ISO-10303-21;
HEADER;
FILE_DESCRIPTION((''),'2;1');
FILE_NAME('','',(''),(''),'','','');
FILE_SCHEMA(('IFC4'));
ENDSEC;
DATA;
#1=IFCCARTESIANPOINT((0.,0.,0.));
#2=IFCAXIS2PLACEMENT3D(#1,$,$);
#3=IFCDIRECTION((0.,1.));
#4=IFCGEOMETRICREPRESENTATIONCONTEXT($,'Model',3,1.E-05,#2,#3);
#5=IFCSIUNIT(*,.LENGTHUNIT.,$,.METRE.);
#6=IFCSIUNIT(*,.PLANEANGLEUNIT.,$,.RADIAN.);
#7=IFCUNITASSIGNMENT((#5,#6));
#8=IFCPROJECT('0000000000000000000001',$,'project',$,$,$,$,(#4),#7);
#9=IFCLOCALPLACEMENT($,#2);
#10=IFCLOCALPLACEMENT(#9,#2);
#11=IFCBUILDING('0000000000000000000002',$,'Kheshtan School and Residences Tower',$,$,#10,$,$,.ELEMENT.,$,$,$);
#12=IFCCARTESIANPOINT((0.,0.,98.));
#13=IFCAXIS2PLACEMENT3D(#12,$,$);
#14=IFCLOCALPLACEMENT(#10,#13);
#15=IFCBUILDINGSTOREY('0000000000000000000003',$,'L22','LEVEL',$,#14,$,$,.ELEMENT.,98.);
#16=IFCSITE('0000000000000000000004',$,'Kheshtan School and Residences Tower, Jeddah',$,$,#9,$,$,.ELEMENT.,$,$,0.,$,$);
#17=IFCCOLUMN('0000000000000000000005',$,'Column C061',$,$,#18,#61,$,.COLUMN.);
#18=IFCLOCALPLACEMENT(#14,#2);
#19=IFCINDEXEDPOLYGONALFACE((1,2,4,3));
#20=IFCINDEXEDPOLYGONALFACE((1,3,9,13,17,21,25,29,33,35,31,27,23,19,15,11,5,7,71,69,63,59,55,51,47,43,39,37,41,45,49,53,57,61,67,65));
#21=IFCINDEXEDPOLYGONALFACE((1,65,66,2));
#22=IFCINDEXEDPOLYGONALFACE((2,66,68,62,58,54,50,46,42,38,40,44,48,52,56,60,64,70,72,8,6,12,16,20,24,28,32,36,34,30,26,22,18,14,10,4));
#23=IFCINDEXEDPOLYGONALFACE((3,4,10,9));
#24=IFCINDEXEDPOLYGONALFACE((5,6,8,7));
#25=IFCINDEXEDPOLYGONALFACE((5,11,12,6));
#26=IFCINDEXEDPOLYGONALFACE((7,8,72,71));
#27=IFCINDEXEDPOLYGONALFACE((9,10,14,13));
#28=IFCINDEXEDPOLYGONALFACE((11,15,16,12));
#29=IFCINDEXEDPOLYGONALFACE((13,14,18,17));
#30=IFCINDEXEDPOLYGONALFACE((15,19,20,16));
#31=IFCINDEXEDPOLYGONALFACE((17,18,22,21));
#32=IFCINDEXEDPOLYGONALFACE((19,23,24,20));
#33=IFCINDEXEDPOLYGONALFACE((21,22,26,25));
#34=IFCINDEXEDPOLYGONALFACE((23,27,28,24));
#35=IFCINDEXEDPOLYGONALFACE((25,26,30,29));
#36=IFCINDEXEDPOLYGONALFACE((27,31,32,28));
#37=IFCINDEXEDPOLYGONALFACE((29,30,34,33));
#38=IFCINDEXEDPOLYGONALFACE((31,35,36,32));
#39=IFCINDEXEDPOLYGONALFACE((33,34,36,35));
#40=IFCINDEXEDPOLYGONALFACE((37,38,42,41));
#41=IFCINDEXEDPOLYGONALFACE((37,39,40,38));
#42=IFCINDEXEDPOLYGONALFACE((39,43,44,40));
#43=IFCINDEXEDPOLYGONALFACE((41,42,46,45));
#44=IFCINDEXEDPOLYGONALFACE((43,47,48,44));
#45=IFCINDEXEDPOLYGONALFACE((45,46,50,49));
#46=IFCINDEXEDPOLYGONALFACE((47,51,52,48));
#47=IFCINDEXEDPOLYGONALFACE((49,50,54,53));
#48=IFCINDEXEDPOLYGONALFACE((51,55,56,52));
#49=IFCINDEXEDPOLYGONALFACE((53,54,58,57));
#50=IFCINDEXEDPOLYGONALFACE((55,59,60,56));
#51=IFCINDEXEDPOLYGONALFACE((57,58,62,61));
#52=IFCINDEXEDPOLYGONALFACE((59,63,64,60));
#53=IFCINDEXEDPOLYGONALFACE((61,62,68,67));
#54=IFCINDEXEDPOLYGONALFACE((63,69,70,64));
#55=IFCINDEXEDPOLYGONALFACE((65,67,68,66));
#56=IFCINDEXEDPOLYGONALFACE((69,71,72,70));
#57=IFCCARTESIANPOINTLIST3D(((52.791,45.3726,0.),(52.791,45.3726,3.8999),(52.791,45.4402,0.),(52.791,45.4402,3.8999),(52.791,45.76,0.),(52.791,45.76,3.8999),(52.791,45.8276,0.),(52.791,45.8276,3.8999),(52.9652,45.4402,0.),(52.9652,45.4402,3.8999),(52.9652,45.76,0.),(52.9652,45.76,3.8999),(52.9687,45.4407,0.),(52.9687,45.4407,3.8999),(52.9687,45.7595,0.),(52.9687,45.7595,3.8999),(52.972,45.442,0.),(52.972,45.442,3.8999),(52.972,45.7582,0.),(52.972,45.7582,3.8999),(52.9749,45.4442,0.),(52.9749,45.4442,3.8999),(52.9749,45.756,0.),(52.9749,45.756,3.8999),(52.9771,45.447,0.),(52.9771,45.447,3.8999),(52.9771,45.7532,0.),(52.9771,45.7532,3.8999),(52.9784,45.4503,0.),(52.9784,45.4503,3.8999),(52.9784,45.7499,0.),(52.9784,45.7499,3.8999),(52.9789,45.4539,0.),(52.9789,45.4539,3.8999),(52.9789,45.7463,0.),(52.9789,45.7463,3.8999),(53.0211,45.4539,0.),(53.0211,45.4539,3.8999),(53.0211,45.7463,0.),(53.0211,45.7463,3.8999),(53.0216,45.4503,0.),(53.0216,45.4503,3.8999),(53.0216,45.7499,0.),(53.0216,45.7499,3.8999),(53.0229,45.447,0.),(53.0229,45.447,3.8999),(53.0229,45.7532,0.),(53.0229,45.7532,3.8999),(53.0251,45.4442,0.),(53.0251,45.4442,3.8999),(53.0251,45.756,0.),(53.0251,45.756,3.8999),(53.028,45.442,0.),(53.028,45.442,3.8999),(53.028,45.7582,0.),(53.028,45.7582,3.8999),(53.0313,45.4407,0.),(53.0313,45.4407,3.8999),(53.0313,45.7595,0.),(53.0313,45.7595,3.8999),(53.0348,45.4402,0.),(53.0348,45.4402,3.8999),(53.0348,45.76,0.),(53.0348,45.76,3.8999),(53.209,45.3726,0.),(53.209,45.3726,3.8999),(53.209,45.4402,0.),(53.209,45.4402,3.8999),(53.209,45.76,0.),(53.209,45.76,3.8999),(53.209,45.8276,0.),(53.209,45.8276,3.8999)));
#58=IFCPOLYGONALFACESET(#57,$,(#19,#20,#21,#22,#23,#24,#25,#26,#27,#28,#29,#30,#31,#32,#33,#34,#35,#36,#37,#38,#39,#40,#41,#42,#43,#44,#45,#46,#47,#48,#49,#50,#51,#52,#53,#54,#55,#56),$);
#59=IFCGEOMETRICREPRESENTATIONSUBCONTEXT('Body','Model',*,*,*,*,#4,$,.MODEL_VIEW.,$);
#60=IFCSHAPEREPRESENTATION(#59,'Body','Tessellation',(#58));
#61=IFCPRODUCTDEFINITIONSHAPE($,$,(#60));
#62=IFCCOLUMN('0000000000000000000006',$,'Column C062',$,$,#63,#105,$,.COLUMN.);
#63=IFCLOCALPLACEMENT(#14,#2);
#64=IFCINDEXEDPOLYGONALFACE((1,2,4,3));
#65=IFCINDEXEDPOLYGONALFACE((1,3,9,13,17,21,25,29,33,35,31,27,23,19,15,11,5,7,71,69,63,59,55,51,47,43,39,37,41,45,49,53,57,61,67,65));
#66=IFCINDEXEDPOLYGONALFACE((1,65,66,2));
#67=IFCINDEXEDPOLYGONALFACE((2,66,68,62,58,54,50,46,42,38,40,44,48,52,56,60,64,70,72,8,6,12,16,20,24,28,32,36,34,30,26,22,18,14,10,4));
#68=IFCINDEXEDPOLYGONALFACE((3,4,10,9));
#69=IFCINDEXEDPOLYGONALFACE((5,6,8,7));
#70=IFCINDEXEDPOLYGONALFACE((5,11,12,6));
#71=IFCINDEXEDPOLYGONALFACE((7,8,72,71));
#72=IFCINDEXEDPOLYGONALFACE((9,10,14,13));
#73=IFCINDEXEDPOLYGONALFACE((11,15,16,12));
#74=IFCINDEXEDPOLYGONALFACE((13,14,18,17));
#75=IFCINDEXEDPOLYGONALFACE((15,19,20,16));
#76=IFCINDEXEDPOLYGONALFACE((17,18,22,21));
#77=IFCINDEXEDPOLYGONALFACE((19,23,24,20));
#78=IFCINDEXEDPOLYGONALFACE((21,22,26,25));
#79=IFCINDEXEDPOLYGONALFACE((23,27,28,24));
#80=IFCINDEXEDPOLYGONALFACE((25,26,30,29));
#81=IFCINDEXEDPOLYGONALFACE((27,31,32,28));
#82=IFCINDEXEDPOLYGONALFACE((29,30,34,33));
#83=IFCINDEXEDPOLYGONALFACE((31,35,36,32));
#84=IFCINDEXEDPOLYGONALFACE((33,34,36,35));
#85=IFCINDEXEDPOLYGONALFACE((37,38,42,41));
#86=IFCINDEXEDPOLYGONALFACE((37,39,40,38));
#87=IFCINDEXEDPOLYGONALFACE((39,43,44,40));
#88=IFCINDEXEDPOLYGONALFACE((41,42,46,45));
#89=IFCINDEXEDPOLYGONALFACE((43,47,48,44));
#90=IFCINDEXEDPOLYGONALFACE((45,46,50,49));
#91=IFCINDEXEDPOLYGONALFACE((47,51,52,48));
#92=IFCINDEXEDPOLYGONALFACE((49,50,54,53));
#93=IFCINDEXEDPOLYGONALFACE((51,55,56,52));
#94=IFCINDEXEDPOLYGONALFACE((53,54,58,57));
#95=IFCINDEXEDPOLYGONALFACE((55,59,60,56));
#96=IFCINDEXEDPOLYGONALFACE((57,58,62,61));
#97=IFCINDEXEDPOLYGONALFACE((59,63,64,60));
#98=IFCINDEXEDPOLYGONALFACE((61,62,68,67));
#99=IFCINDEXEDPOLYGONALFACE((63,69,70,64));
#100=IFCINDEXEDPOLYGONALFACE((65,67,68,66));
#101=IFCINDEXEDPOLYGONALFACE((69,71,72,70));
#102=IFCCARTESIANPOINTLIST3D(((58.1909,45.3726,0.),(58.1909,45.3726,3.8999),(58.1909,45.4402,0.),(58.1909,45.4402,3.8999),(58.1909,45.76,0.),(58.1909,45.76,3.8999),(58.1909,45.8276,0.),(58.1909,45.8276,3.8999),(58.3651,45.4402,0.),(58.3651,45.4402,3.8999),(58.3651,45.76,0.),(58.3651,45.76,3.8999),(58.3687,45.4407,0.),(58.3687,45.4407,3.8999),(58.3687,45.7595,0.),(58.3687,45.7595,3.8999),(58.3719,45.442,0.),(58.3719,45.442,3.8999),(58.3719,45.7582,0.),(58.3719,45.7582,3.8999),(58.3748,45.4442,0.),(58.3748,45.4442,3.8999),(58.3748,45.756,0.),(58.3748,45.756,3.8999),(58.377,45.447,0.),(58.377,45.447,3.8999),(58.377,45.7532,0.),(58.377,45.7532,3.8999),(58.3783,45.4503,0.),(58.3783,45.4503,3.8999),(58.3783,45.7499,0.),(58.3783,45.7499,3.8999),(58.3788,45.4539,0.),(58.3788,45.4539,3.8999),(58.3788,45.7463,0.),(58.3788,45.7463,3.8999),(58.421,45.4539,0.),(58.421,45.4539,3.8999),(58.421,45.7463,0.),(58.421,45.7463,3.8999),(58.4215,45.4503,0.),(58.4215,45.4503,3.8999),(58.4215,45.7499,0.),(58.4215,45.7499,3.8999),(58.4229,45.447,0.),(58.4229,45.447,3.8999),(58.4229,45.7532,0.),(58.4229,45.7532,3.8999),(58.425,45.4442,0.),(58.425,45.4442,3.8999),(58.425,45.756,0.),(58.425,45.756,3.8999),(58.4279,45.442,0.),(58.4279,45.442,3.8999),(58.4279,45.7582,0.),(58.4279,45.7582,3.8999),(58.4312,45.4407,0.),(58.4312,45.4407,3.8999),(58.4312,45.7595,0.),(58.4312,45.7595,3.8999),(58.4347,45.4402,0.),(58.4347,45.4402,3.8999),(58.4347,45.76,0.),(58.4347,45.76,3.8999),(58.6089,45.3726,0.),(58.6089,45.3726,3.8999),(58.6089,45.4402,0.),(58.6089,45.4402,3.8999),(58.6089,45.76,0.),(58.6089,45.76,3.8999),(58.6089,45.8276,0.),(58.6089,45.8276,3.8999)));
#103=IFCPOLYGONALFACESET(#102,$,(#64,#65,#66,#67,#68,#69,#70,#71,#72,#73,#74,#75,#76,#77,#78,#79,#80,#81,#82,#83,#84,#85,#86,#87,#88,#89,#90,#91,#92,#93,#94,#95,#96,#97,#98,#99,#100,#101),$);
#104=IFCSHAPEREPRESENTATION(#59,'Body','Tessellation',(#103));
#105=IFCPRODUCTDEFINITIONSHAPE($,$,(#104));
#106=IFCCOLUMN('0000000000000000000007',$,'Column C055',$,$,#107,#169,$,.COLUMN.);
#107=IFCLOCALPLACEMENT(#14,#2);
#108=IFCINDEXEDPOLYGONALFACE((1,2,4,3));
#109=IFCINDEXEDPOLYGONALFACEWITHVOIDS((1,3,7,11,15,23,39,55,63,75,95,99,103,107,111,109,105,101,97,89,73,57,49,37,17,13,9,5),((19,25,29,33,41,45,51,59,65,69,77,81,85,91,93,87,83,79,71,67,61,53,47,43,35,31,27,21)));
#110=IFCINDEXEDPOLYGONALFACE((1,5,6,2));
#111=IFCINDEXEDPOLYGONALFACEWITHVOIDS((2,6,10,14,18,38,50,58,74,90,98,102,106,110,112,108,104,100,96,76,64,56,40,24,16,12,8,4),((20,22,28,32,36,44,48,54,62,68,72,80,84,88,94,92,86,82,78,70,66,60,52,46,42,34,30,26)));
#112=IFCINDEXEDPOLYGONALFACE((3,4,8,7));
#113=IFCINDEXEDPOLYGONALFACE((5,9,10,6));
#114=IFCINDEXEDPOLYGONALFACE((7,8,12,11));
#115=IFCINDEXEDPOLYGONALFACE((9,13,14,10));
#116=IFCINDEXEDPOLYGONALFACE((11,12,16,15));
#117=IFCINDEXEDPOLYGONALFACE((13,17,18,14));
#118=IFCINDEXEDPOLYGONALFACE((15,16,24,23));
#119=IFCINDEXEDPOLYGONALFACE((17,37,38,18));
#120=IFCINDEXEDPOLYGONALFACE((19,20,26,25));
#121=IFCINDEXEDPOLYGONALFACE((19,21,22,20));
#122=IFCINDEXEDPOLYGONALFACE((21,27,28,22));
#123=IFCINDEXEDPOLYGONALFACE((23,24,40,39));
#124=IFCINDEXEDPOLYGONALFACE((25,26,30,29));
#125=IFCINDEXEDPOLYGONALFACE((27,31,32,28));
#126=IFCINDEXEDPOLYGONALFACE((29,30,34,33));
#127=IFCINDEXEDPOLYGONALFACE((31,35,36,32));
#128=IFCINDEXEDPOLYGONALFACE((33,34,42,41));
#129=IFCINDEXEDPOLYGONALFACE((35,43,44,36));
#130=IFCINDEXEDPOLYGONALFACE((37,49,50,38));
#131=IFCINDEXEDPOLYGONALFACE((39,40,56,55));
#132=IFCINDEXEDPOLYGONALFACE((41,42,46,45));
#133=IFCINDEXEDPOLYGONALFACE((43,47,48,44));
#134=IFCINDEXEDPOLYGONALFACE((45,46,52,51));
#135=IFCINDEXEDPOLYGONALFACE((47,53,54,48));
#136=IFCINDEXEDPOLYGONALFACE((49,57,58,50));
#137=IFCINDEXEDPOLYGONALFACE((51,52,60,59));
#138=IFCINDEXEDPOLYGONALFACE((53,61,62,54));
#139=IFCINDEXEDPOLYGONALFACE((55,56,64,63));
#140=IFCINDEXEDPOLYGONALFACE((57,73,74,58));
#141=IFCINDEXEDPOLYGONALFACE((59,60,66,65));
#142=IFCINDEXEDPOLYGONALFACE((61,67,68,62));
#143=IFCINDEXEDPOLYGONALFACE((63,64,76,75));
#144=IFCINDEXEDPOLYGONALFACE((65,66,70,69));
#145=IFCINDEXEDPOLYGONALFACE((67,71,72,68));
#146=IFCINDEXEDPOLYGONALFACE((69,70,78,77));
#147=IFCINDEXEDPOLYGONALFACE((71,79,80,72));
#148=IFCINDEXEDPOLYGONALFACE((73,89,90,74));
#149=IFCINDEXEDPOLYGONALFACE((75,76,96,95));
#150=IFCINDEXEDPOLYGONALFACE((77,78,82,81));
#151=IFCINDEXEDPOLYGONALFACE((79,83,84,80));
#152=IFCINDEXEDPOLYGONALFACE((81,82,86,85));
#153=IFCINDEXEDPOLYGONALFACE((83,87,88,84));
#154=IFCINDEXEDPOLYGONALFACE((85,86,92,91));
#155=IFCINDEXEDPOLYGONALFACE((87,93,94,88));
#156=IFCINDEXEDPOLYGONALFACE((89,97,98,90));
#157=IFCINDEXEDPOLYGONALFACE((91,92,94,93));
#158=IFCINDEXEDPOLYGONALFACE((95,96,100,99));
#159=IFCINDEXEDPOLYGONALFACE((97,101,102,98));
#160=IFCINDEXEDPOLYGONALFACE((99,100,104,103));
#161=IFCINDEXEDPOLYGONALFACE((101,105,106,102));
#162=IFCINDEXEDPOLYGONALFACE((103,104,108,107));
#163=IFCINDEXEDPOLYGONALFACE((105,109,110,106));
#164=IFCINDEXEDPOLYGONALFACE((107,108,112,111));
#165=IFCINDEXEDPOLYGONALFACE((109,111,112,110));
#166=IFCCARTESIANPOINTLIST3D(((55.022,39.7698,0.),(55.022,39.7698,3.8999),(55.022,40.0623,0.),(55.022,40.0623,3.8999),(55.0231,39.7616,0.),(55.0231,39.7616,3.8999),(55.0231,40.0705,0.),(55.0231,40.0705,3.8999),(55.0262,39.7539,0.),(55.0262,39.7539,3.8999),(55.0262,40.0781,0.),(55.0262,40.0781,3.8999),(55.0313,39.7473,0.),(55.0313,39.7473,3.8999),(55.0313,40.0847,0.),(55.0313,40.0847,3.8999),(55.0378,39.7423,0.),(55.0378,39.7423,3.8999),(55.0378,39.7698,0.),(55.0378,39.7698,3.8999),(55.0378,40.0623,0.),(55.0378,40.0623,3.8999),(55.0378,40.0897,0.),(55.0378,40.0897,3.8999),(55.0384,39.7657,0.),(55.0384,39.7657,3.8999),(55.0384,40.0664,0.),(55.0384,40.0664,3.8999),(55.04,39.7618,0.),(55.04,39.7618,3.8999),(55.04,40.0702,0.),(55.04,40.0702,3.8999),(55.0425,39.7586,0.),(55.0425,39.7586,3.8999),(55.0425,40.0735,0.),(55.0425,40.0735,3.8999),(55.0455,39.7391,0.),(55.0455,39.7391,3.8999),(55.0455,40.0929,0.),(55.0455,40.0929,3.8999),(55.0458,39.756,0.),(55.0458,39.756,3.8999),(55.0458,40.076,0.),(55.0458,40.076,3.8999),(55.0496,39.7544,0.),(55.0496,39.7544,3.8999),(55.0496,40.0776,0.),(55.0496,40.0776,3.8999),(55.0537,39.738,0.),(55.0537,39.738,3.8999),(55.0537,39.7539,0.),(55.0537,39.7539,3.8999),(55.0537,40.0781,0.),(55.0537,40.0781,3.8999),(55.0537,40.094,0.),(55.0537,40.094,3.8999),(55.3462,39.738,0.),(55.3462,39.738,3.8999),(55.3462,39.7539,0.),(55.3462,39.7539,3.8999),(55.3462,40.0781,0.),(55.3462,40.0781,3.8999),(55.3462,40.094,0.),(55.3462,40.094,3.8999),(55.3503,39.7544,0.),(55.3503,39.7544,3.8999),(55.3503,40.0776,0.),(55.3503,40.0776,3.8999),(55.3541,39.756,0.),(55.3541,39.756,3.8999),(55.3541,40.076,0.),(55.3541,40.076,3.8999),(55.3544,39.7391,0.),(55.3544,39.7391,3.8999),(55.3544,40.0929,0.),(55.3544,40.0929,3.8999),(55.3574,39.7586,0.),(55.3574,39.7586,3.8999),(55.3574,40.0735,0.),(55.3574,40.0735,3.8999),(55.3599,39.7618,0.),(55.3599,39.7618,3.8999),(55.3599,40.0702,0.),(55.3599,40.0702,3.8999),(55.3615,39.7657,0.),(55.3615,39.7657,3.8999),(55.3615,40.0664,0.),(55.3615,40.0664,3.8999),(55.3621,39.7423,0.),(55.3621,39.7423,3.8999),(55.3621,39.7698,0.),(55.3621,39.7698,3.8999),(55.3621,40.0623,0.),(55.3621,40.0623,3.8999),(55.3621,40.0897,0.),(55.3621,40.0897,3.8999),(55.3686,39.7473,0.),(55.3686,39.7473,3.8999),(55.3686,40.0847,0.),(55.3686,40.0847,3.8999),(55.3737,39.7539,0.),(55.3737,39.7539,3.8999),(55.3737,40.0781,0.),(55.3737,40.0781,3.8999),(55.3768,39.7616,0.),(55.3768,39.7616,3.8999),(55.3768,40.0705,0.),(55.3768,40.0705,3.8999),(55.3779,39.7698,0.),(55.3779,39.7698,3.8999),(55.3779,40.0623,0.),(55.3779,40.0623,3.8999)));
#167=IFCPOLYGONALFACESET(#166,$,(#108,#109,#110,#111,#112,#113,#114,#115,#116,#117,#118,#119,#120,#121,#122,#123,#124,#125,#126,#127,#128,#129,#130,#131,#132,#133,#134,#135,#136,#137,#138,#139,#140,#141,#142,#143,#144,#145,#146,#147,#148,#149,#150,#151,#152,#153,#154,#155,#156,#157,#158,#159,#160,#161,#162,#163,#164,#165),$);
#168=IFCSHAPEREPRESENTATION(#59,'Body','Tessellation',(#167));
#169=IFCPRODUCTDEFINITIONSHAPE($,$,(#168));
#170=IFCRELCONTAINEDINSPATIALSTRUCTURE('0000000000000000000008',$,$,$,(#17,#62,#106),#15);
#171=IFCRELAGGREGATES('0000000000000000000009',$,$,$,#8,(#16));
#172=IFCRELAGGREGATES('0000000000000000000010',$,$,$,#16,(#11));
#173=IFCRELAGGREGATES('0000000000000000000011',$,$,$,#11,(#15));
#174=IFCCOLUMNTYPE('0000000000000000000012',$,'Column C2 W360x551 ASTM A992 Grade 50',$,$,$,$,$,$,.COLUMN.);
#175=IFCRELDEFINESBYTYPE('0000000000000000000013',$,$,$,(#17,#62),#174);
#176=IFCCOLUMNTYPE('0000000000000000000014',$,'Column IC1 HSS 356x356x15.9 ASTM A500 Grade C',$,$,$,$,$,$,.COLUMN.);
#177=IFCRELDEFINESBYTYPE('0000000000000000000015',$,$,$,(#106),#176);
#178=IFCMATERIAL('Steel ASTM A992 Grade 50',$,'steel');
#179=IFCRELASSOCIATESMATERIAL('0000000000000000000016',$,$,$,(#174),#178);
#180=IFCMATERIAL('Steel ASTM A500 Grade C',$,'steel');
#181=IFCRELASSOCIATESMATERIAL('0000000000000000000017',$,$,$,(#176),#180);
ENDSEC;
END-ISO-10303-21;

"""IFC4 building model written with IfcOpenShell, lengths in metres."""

from ifc_helpers import new_model, si_unit, direction, frame, origin, origin_2d, place, context, subcontext, project, spatial, hollow_rectangle, i_section, extrude, material, material_profile, profile_set, type_object, element, save


model = new_model("IFC4")

# Units and contexts
model_context = context("Model", 3, precision=1e-05, world=origin(), true_north=direction((0.0, 1.0)))
body_context = subcontext(model_context, "Body", "Model", "MODEL_VIEW")
ifc_project = project(units=[si_unit("LENGTHUNIT", "METRE"), si_unit("PLANEANGLEUNIT", "RADIAN")], contexts=[model_context])

# Site, building, storey
site_placement = place(None, origin())
site = spatial("IfcSite", under=ifc_project, at=site_placement, Name="Kheshtan School and Residences Tower, Jeddah", CompositionType="ELEMENT", RefElevation=0.0)
building_placement = place(site_placement, origin())
building = spatial("IfcBuilding", under=site, at=building_placement, Name="Kheshtan School and Residences Tower", CompositionType="ELEMENT")
storey_placement = place(building_placement, frame((0.0, 0.0, 98.0)))
storey = spatial("IfcBuildingStorey", under=building, at=storey_placement, Name="L22", Description="LEVEL", CompositionType="ELEMENT", Elevation=98.0)

# Columns
ifc_material_1 = material(Name="Steel ASTM A992 Grade 50", Category="steel")
ifc_material_profile_1 = material_profile(ifc_material_1, i_section(OverallWidth=0.418, OverallDepth=0.4551, WebThickness=0.0422, FlangeThickness=0.0676, FilletRadius=0.0137, at=origin_2d()), Name="W360x551")
ifc_profile_set_1 = profile_set([ifc_material_profile_1], Name="Steel ASTM A992 Grade 50")
column_type_1 = type_object("IfcColumnType", Name="Column C2 W360x551 ASTM A992 Grade 50", PredefinedType="COLUMN", material=ifc_profile_set_1)
for number, where, z_axis, x_axis, name in (
    (1, (53.0, 45.6001, 0.0), (0.0, 0.0, 1.0), (1.0, 0.0, 0.0), "Column C061"),
    (2, (58.3999, 45.6001, 0.0), (0.0, 0.0, 1.0), (1.0, 0.0, 0.0), "Column C062"),
):
    element("IfcColumn", number, at=place(storey_placement, frame(where, z_axis=z_axis, x_axis=x_axis)), inside=storey, type_object=column_type_1, Name=name, PredefinedType="COLUMN", context=body_context, shape_type="SweptSolid", body=[
        extrude(i_section(OverallWidth=0.418, OverallDepth=0.4551, WebThickness=0.0422, FlangeThickness=0.0676, FilletRadius=0.0137, at=origin_2d()), origin(), (0.0, 0.0, 1.0), 3.8999),
    ])
ifc_material_2 = material(Name="Steel ASTM A500 Grade C", Category="steel")
ifc_material_profile_2 = material_profile(ifc_material_2, hollow_rectangle(XDim=0.356, YDim=0.356, WallThickness=0.0159, InnerFilletRadius=0.0159, OuterFilletRadius=0.0317, at=origin_2d()), Name="HSS 356x356x15.9")
ifc_profile_set_2 = profile_set([ifc_material_profile_2], Name="Steel ASTM A500 Grade C")
column_type_2 = type_object("IfcColumnType", Name="Column IC1 HSS 356x356x15.9 ASTM A500 Grade C", PredefinedType="COLUMN", material=ifc_profile_set_2)
column_placement = place(storey_placement, frame((55.2, 39.916, 0.0), z_axis=(0.0, 0.0, 1.0), x_axis=(1.0, 0.0, 0.0)))
element("IfcColumn", 3, at=column_placement, inside=storey, type_object=column_type_2, Name="Column C055", PredefinedType="COLUMN", context=body_context, shape_type="SweptSolid", body=[
    extrude(hollow_rectangle(XDim=0.356, YDim=0.356, WallThickness=0.0159, InnerFilletRadius=0.0159, OuterFilletRadius=0.0317, at=origin_2d()), origin(), (0.0, 0.0, 1.0), 3.8999),
])

save(model, "model.ifc")
